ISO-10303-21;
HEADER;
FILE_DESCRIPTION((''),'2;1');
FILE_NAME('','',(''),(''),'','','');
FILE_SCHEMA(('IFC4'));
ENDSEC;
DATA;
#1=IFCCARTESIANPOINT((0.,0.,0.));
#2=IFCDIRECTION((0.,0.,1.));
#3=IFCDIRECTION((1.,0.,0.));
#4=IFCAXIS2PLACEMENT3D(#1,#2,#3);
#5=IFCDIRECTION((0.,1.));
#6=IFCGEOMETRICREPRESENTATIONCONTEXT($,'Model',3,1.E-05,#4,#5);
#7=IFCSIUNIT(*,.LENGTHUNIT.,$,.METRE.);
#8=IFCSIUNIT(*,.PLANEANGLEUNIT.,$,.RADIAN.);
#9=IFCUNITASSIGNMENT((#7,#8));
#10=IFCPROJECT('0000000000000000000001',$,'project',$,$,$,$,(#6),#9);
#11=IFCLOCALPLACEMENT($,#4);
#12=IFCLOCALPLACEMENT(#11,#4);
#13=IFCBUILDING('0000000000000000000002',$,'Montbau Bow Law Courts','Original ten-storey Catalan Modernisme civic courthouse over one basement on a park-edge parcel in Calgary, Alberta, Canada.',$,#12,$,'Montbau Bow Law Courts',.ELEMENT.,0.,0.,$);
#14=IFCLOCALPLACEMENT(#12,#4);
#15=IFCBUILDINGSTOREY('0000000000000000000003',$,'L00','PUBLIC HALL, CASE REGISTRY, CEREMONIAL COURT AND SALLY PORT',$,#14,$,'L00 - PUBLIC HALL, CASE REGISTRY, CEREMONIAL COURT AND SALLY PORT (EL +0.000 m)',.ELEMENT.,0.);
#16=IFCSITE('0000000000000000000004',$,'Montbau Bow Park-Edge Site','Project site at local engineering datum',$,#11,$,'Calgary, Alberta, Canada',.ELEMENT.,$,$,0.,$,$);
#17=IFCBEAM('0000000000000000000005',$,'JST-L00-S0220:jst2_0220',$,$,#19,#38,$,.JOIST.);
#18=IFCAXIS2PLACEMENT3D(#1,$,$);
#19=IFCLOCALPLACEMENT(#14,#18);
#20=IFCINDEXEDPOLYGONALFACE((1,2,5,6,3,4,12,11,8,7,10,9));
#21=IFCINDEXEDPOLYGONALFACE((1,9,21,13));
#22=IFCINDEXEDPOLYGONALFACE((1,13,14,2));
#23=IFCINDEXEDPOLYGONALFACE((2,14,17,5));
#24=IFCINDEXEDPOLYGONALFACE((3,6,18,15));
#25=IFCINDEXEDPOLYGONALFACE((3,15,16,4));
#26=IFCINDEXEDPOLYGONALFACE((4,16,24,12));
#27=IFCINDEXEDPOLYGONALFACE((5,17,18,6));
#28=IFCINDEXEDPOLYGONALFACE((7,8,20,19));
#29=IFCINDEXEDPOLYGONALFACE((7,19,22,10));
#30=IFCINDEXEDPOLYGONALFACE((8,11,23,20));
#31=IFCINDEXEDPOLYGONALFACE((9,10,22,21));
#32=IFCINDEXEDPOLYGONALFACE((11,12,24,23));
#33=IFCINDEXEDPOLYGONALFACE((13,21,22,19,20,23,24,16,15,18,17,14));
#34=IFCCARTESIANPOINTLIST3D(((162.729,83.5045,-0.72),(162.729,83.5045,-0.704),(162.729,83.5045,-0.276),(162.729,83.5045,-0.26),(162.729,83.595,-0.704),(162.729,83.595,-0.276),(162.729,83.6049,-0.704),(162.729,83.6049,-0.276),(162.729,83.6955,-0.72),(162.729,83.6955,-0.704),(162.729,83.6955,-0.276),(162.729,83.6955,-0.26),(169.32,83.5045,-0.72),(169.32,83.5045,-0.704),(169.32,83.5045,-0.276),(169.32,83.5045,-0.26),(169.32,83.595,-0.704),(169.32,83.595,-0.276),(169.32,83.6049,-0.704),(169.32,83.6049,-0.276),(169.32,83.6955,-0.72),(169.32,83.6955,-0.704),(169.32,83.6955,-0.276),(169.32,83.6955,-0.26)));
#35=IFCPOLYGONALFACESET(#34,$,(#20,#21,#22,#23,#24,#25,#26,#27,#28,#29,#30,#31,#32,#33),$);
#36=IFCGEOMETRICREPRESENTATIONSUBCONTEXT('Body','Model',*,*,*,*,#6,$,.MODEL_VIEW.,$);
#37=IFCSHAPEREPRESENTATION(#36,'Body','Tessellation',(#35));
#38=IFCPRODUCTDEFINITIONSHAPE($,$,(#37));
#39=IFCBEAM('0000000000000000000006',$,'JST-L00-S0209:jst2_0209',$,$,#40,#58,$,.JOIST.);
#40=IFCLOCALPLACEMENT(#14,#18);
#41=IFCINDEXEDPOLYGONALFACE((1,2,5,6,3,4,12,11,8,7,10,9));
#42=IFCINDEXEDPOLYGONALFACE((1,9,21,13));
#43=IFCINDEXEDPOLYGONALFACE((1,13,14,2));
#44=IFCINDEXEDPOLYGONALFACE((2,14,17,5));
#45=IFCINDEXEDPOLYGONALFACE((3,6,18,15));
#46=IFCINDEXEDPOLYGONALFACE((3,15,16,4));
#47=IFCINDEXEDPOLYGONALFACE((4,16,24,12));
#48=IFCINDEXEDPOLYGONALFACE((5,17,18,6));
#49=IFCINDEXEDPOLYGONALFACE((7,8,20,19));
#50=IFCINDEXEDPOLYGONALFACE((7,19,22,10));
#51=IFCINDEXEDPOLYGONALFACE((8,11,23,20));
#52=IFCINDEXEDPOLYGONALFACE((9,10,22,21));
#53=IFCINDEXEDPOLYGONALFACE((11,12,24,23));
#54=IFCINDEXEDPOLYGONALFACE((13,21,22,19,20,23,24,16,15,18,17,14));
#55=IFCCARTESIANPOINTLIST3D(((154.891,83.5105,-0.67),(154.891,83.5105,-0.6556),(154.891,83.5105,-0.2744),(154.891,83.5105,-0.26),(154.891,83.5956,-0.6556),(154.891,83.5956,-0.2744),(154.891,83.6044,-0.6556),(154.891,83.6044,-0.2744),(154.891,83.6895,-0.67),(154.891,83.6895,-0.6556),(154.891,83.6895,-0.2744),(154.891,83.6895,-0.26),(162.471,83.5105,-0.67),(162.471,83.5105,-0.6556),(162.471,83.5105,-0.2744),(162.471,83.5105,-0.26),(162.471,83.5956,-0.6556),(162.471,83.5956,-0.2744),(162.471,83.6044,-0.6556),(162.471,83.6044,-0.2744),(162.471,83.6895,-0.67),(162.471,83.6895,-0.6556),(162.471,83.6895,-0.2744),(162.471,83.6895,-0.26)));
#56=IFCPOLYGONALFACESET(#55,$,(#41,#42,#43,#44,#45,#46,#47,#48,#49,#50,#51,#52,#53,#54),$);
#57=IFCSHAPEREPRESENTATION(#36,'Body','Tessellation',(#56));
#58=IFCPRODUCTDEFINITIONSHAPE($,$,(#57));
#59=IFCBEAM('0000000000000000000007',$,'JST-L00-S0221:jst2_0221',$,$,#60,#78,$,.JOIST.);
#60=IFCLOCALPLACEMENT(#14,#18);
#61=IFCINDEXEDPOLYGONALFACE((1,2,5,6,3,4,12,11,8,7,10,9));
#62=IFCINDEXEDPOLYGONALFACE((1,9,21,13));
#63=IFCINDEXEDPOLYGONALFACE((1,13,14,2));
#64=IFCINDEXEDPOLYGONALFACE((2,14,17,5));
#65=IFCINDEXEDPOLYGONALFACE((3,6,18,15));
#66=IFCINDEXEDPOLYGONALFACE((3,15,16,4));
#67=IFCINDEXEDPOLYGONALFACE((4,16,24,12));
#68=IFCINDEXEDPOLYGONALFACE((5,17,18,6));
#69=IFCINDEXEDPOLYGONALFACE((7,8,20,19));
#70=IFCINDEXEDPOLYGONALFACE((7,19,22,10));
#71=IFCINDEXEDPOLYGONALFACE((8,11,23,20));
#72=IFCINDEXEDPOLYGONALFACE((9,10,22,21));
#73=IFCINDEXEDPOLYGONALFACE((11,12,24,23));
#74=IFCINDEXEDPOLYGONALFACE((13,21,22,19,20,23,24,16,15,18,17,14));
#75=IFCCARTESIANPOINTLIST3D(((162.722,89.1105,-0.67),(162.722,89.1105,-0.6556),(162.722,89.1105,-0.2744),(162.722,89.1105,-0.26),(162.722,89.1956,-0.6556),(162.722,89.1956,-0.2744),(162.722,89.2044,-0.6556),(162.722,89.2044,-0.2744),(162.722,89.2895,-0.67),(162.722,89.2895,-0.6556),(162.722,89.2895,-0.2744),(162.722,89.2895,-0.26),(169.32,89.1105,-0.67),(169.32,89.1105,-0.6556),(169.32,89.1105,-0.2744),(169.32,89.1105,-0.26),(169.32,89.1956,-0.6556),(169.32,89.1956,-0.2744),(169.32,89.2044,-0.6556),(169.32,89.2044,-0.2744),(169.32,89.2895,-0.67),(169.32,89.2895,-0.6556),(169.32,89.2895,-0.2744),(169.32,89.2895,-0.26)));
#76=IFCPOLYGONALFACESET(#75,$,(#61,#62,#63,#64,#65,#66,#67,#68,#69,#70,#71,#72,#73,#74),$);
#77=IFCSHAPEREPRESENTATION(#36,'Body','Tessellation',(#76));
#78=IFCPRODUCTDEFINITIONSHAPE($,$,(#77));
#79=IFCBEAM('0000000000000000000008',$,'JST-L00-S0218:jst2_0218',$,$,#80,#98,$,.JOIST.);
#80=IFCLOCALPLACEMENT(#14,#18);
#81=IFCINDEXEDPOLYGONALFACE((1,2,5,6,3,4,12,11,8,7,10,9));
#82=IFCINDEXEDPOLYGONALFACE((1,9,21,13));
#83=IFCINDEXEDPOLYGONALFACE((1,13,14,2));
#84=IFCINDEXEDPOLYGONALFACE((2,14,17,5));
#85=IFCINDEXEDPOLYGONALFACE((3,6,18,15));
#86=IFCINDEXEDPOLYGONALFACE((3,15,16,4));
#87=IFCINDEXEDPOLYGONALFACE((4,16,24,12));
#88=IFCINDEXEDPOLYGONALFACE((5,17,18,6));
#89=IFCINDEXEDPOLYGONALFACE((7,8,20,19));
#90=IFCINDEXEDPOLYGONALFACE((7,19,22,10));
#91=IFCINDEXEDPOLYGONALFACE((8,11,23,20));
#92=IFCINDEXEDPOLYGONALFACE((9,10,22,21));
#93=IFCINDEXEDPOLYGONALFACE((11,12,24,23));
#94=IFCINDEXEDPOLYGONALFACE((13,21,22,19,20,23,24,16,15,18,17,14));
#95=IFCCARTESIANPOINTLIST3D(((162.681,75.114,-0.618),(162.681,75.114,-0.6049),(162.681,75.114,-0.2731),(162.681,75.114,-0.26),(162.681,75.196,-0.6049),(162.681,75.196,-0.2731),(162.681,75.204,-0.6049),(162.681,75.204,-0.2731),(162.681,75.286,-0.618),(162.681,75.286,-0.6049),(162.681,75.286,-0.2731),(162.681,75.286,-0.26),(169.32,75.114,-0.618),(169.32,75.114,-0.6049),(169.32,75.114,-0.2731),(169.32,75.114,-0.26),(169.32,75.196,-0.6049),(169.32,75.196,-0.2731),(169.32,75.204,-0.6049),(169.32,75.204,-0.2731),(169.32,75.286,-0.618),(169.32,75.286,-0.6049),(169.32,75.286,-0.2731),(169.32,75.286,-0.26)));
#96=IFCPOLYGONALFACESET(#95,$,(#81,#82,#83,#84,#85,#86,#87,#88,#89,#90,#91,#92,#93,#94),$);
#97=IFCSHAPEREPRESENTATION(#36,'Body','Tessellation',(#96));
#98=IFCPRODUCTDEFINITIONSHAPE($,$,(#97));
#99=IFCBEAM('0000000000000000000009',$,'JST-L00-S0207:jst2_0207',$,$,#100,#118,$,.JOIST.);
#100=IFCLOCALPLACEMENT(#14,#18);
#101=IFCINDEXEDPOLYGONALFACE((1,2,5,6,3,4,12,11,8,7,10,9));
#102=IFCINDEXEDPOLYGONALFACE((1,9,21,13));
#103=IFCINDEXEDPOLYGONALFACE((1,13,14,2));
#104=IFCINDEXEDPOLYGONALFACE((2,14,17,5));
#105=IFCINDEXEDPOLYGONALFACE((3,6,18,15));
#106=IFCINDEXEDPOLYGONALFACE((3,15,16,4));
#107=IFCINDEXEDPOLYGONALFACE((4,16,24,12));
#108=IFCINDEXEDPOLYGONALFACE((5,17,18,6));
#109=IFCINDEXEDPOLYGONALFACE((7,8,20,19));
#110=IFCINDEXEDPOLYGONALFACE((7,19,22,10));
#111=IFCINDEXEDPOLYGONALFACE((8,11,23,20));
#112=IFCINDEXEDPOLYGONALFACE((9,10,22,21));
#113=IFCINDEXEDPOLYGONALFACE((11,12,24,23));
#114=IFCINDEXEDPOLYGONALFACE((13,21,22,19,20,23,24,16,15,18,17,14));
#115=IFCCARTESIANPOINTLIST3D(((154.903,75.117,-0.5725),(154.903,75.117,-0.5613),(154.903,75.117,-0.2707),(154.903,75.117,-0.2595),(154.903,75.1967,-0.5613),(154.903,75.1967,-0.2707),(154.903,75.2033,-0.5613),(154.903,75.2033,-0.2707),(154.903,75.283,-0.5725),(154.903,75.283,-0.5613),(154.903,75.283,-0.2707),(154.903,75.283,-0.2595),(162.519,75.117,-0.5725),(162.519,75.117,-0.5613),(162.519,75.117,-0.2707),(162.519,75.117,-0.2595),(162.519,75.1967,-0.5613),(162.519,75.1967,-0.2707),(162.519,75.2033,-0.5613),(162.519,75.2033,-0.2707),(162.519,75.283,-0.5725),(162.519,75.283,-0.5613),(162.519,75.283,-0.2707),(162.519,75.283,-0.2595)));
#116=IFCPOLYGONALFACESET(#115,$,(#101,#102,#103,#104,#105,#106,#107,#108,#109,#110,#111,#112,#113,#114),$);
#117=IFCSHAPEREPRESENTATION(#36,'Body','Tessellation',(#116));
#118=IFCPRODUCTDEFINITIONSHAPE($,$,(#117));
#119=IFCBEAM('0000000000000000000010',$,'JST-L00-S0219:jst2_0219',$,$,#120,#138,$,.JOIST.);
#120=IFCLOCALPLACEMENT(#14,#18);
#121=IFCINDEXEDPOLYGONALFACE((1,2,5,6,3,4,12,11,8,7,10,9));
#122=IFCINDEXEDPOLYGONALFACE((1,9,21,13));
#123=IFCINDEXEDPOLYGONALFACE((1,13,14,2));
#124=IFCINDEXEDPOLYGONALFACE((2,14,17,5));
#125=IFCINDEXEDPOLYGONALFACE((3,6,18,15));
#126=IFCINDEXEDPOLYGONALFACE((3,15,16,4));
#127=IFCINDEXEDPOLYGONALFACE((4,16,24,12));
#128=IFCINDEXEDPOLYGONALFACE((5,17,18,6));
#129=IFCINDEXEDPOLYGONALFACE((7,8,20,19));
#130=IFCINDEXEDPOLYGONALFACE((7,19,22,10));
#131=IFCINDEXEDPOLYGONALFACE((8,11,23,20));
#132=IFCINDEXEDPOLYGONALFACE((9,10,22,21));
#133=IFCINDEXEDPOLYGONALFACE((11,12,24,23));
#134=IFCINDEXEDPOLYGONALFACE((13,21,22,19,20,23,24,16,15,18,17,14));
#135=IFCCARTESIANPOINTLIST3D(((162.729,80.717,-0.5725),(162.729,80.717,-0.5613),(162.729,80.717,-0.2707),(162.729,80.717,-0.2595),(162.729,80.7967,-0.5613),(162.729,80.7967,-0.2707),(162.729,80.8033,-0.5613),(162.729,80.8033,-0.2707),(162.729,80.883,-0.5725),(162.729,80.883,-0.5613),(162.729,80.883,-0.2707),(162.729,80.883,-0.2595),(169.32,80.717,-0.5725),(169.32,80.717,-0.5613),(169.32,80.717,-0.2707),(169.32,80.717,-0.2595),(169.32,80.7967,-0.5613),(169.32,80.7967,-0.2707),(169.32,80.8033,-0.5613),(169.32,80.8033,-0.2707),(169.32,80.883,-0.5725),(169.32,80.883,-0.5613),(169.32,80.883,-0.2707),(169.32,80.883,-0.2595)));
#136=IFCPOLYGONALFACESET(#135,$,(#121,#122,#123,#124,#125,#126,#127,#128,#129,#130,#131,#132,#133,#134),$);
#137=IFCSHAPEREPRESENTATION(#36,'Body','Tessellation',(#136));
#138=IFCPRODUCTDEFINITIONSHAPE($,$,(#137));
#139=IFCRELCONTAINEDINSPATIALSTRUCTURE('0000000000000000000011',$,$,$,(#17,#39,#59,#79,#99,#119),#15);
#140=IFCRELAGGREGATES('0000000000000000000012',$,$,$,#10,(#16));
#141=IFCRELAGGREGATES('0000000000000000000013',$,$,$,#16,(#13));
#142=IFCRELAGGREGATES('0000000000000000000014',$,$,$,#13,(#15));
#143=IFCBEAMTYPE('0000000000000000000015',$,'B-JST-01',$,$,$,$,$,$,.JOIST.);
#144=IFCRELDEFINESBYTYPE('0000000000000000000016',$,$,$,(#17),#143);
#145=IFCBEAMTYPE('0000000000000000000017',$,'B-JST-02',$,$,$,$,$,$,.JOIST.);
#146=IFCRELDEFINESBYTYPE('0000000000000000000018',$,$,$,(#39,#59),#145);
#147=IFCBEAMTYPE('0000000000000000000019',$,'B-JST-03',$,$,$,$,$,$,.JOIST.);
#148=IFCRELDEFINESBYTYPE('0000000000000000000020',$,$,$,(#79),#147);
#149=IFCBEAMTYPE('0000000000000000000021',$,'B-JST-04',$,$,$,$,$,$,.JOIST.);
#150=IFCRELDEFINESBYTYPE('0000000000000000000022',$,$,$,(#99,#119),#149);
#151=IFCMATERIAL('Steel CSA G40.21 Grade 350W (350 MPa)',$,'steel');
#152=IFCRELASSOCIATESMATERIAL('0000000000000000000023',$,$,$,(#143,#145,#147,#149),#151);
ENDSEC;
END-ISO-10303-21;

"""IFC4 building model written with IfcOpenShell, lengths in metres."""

from ifc_helpers import new_model, si_unit, direction, frame, origin_with_axes, origin_2d_with_axis, place, context, subcontext, project, spatial, i_section, extrude, material, material_profile, profile_set, type_object, element, save


model = new_model("IFC4")

# Units and contexts
model_context = context("Model", 3, precision=1e-05, world=origin_with_axes(), true_north=direction((0.0, 1.0)))
body_context = subcontext(model_context, "Body", "Model", "MODEL_VIEW")
ifc_project = project(units=[si_unit("LENGTHUNIT", "METRE"), si_unit("PLANEANGLEUNIT", "RADIAN")], contexts=[model_context])

# Site, building, storey
site_placement = place(None, origin_with_axes())
site = spatial("IfcSite", under=ifc_project, at=site_placement, Name="Montbau Bow Park-Edge Site", Description="Project site at local engineering datum", LongName="Calgary, Alberta, Canada", CompositionType="ELEMENT", RefElevation=0.0)
building_placement = place(site_placement, origin_with_axes())
building = spatial("IfcBuilding", under=site, at=building_placement, Name="Montbau Bow Law Courts", Description="Original ten-storey Catalan Modernisme civic courthouse over one basement on a park-edge parcel in Calgary, Alberta, Canada.", LongName="Montbau Bow Law Courts", CompositionType="ELEMENT", ElevationOfRefHeight=0.0, ElevationOfTerrain=0.0)
storey_placement = place(building_placement, origin_with_axes())
storey = spatial("IfcBuildingStorey", under=building, at=storey_placement, Name="L00", Description="PUBLIC HALL, CASE REGISTRY, CEREMONIAL COURT AND SALLY PORT", LongName="L00 - PUBLIC HALL, CASE REGISTRY, CEREMONIAL COURT AND SALLY PORT (EL +0.000 m)", CompositionType="ELEMENT", Elevation=0.0)

# Shared definitions
ifc_material_1 = material(Name="Steel CSA G40.21 Grade 350W (350 MPa)", Category="steel")

# Beams
ifc_material_profile_1 = material_profile(ifc_material_1, i_section(OverallWidth=0.191, OverallDepth=0.46, WebThickness=0.0099, FlangeThickness=0.016, at=origin_2d_with_axis()), Name="W460X82", Category="Main", Priority=0)
ifc_profile_set_1 = profile_set([ifc_material_profile_1], Name="Steel CSA G40.21 Grade 350W (350 MPa)")
beam_type_1 = type_object("IfcBeamType", Name="B-JST-01", PredefinedType="JOIST", material=ifc_profile_set_1)
beam_1_placement = place(None, frame((162.729, 83.6, -0.49), z_axis=(1.0, 0.0, 0.0), x_axis=(0.0, 1.0, 0.0)))
element("IfcBeam", 1, at=beam_1_placement, inside=storey, type_object=beam_type_1, Name="JST-L00-S0220:jst2_0220", PredefinedType="JOIST", context=body_context, shape_type="SweptSolid", body=[
    extrude(i_section(OverallWidth=0.191, OverallDepth=0.46, WebThickness=0.0099, FlangeThickness=0.016, at=origin_2d_with_axis()), origin_with_axes(), (0.0, 0.0, 1.0), 6.591),
])
ifc_material_profile_2 = material_profile(ifc_material_1, i_section(OverallWidth=0.179, OverallDepth=0.41, WebThickness=0.0088, FlangeThickness=0.0144, at=origin_2d_with_axis()), Name="W410X67", Category="Main", Priority=0)
ifc_profile_set_2 = profile_set([ifc_material_profile_2], Name="Steel CSA G40.21 Grade 350W (350 MPa)")
beam_type_2 = type_object("IfcBeamType", Name="B-JST-02", PredefinedType="JOIST", material=ifc_profile_set_2)
beam_2_placement = place(None, frame((154.891, 83.6, -0.465), z_axis=(1.0, 0.0, 0.0), x_axis=(0.0, 1.0, 0.0)))
element("IfcBeam", 2, at=beam_2_placement, inside=storey, type_object=beam_type_2, Name="JST-L00-S0209:jst2_0209", PredefinedType="JOIST", context=body_context, shape_type="SweptSolid", body=[
    extrude(i_section(OverallWidth=0.179, OverallDepth=0.41, WebThickness=0.0088, FlangeThickness=0.0144, at=origin_2d_with_axis()), origin_with_axes(), (0.0, 0.0, 1.0), 7.58),
])
beam_3_placement = place(None, frame((162.722, 89.2, -0.465), z_axis=(1.0, 0.0, 0.0), x_axis=(0.0, 1.0, 0.0)))
element("IfcBeam", 3, at=beam_3_placement, inside=storey, type_object=beam_type_2, Name="JST-L00-S0221:jst2_0221", PredefinedType="JOIST", context=body_context, shape_type="SweptSolid", body=[
    extrude(i_section(OverallWidth=0.179, OverallDepth=0.41, WebThickness=0.0088, FlangeThickness=0.0144, at=origin_2d_with_axis()), origin_with_axes(), (0.0, 0.0, 1.0), 6.598),
])
ifc_material_profile_3 = material_profile(ifc_material_1, i_section(OverallWidth=0.172, OverallDepth=0.358, WebThickness=0.0079, FlangeThickness=0.0131, at=origin_2d_with_axis()), Name="W360X57", Category="Main", Priority=0)
ifc_profile_set_3 = profile_set([ifc_material_profile_3], Name="Steel CSA G40.21 Grade 350W (350 MPa)")
beam_type_3 = type_object("IfcBeamType", Name="B-JST-03", PredefinedType="JOIST", material=ifc_profile_set_3)
beam_4_placement = place(None, frame((162.681, 75.2, -0.439), z_axis=(1.0, 0.0, 0.0), x_axis=(0.0, 1.0, 0.0)))
element("IfcBeam", 4, at=beam_4_placement, inside=storey, type_object=beam_type_3, Name="JST-L00-S0218:jst2_0218", PredefinedType="JOIST", context=body_context, shape_type="SweptSolid", body=[
    extrude(i_section(OverallWidth=0.172, OverallDepth=0.358, WebThickness=0.0079, FlangeThickness=0.0131, at=origin_2d_with_axis()), origin_with_axes(), (0.0, 0.0, 1.0), 6.639),
])
ifc_material_profile_4 = material_profile(ifc_material_1, i_section(OverallWidth=0.166, OverallDepth=0.313, WebThickness=0.0066, FlangeThickness=0.0112, at=origin_2d_with_axis()), Name="W310X45", Category="Main", Priority=0)
ifc_profile_set_4 = profile_set([ifc_material_profile_4], Name="Steel CSA G40.21 Grade 350W (350 MPa)")
beam_type_4 = type_object("IfcBeamType", Name="B-JST-04", PredefinedType="JOIST", material=ifc_profile_set_4)
beam_5_placement = place(None, frame((154.903, 75.2, -0.416), z_axis=(1.0, 0.0, 0.0), x_axis=(0.0, 1.0, 0.0)))
element("IfcBeam", 5, at=beam_5_placement, inside=storey, type_object=beam_type_4, Name="JST-L00-S0207:jst2_0207", PredefinedType="JOIST", context=body_context, shape_type="SweptSolid", body=[
    extrude(i_section(OverallWidth=0.166, OverallDepth=0.313, WebThickness=0.0066, FlangeThickness=0.0112, at=origin_2d_with_axis()), origin_with_axes(), (0.0, 0.0, 1.0), 7.616),
])
beam_6_placement = place(None, frame((162.729, 80.8, -0.416), z_axis=(1.0, 0.0, 0.0), x_axis=(0.0, 1.0, 0.0)))
element("IfcBeam", 6, at=beam_6_placement, inside=storey, type_object=beam_type_4, Name="JST-L00-S0219:jst2_0219", PredefinedType="JOIST", context=body_context, shape_type="SweptSolid", body=[
    extrude(i_section(OverallWidth=0.166, OverallDepth=0.313, WebThickness=0.0066, FlangeThickness=0.0112, at=origin_2d_with_axis()), origin_with_axes(), (0.0, 0.0, 1.0), 6.591),
])

save(model, "model.ifc")
